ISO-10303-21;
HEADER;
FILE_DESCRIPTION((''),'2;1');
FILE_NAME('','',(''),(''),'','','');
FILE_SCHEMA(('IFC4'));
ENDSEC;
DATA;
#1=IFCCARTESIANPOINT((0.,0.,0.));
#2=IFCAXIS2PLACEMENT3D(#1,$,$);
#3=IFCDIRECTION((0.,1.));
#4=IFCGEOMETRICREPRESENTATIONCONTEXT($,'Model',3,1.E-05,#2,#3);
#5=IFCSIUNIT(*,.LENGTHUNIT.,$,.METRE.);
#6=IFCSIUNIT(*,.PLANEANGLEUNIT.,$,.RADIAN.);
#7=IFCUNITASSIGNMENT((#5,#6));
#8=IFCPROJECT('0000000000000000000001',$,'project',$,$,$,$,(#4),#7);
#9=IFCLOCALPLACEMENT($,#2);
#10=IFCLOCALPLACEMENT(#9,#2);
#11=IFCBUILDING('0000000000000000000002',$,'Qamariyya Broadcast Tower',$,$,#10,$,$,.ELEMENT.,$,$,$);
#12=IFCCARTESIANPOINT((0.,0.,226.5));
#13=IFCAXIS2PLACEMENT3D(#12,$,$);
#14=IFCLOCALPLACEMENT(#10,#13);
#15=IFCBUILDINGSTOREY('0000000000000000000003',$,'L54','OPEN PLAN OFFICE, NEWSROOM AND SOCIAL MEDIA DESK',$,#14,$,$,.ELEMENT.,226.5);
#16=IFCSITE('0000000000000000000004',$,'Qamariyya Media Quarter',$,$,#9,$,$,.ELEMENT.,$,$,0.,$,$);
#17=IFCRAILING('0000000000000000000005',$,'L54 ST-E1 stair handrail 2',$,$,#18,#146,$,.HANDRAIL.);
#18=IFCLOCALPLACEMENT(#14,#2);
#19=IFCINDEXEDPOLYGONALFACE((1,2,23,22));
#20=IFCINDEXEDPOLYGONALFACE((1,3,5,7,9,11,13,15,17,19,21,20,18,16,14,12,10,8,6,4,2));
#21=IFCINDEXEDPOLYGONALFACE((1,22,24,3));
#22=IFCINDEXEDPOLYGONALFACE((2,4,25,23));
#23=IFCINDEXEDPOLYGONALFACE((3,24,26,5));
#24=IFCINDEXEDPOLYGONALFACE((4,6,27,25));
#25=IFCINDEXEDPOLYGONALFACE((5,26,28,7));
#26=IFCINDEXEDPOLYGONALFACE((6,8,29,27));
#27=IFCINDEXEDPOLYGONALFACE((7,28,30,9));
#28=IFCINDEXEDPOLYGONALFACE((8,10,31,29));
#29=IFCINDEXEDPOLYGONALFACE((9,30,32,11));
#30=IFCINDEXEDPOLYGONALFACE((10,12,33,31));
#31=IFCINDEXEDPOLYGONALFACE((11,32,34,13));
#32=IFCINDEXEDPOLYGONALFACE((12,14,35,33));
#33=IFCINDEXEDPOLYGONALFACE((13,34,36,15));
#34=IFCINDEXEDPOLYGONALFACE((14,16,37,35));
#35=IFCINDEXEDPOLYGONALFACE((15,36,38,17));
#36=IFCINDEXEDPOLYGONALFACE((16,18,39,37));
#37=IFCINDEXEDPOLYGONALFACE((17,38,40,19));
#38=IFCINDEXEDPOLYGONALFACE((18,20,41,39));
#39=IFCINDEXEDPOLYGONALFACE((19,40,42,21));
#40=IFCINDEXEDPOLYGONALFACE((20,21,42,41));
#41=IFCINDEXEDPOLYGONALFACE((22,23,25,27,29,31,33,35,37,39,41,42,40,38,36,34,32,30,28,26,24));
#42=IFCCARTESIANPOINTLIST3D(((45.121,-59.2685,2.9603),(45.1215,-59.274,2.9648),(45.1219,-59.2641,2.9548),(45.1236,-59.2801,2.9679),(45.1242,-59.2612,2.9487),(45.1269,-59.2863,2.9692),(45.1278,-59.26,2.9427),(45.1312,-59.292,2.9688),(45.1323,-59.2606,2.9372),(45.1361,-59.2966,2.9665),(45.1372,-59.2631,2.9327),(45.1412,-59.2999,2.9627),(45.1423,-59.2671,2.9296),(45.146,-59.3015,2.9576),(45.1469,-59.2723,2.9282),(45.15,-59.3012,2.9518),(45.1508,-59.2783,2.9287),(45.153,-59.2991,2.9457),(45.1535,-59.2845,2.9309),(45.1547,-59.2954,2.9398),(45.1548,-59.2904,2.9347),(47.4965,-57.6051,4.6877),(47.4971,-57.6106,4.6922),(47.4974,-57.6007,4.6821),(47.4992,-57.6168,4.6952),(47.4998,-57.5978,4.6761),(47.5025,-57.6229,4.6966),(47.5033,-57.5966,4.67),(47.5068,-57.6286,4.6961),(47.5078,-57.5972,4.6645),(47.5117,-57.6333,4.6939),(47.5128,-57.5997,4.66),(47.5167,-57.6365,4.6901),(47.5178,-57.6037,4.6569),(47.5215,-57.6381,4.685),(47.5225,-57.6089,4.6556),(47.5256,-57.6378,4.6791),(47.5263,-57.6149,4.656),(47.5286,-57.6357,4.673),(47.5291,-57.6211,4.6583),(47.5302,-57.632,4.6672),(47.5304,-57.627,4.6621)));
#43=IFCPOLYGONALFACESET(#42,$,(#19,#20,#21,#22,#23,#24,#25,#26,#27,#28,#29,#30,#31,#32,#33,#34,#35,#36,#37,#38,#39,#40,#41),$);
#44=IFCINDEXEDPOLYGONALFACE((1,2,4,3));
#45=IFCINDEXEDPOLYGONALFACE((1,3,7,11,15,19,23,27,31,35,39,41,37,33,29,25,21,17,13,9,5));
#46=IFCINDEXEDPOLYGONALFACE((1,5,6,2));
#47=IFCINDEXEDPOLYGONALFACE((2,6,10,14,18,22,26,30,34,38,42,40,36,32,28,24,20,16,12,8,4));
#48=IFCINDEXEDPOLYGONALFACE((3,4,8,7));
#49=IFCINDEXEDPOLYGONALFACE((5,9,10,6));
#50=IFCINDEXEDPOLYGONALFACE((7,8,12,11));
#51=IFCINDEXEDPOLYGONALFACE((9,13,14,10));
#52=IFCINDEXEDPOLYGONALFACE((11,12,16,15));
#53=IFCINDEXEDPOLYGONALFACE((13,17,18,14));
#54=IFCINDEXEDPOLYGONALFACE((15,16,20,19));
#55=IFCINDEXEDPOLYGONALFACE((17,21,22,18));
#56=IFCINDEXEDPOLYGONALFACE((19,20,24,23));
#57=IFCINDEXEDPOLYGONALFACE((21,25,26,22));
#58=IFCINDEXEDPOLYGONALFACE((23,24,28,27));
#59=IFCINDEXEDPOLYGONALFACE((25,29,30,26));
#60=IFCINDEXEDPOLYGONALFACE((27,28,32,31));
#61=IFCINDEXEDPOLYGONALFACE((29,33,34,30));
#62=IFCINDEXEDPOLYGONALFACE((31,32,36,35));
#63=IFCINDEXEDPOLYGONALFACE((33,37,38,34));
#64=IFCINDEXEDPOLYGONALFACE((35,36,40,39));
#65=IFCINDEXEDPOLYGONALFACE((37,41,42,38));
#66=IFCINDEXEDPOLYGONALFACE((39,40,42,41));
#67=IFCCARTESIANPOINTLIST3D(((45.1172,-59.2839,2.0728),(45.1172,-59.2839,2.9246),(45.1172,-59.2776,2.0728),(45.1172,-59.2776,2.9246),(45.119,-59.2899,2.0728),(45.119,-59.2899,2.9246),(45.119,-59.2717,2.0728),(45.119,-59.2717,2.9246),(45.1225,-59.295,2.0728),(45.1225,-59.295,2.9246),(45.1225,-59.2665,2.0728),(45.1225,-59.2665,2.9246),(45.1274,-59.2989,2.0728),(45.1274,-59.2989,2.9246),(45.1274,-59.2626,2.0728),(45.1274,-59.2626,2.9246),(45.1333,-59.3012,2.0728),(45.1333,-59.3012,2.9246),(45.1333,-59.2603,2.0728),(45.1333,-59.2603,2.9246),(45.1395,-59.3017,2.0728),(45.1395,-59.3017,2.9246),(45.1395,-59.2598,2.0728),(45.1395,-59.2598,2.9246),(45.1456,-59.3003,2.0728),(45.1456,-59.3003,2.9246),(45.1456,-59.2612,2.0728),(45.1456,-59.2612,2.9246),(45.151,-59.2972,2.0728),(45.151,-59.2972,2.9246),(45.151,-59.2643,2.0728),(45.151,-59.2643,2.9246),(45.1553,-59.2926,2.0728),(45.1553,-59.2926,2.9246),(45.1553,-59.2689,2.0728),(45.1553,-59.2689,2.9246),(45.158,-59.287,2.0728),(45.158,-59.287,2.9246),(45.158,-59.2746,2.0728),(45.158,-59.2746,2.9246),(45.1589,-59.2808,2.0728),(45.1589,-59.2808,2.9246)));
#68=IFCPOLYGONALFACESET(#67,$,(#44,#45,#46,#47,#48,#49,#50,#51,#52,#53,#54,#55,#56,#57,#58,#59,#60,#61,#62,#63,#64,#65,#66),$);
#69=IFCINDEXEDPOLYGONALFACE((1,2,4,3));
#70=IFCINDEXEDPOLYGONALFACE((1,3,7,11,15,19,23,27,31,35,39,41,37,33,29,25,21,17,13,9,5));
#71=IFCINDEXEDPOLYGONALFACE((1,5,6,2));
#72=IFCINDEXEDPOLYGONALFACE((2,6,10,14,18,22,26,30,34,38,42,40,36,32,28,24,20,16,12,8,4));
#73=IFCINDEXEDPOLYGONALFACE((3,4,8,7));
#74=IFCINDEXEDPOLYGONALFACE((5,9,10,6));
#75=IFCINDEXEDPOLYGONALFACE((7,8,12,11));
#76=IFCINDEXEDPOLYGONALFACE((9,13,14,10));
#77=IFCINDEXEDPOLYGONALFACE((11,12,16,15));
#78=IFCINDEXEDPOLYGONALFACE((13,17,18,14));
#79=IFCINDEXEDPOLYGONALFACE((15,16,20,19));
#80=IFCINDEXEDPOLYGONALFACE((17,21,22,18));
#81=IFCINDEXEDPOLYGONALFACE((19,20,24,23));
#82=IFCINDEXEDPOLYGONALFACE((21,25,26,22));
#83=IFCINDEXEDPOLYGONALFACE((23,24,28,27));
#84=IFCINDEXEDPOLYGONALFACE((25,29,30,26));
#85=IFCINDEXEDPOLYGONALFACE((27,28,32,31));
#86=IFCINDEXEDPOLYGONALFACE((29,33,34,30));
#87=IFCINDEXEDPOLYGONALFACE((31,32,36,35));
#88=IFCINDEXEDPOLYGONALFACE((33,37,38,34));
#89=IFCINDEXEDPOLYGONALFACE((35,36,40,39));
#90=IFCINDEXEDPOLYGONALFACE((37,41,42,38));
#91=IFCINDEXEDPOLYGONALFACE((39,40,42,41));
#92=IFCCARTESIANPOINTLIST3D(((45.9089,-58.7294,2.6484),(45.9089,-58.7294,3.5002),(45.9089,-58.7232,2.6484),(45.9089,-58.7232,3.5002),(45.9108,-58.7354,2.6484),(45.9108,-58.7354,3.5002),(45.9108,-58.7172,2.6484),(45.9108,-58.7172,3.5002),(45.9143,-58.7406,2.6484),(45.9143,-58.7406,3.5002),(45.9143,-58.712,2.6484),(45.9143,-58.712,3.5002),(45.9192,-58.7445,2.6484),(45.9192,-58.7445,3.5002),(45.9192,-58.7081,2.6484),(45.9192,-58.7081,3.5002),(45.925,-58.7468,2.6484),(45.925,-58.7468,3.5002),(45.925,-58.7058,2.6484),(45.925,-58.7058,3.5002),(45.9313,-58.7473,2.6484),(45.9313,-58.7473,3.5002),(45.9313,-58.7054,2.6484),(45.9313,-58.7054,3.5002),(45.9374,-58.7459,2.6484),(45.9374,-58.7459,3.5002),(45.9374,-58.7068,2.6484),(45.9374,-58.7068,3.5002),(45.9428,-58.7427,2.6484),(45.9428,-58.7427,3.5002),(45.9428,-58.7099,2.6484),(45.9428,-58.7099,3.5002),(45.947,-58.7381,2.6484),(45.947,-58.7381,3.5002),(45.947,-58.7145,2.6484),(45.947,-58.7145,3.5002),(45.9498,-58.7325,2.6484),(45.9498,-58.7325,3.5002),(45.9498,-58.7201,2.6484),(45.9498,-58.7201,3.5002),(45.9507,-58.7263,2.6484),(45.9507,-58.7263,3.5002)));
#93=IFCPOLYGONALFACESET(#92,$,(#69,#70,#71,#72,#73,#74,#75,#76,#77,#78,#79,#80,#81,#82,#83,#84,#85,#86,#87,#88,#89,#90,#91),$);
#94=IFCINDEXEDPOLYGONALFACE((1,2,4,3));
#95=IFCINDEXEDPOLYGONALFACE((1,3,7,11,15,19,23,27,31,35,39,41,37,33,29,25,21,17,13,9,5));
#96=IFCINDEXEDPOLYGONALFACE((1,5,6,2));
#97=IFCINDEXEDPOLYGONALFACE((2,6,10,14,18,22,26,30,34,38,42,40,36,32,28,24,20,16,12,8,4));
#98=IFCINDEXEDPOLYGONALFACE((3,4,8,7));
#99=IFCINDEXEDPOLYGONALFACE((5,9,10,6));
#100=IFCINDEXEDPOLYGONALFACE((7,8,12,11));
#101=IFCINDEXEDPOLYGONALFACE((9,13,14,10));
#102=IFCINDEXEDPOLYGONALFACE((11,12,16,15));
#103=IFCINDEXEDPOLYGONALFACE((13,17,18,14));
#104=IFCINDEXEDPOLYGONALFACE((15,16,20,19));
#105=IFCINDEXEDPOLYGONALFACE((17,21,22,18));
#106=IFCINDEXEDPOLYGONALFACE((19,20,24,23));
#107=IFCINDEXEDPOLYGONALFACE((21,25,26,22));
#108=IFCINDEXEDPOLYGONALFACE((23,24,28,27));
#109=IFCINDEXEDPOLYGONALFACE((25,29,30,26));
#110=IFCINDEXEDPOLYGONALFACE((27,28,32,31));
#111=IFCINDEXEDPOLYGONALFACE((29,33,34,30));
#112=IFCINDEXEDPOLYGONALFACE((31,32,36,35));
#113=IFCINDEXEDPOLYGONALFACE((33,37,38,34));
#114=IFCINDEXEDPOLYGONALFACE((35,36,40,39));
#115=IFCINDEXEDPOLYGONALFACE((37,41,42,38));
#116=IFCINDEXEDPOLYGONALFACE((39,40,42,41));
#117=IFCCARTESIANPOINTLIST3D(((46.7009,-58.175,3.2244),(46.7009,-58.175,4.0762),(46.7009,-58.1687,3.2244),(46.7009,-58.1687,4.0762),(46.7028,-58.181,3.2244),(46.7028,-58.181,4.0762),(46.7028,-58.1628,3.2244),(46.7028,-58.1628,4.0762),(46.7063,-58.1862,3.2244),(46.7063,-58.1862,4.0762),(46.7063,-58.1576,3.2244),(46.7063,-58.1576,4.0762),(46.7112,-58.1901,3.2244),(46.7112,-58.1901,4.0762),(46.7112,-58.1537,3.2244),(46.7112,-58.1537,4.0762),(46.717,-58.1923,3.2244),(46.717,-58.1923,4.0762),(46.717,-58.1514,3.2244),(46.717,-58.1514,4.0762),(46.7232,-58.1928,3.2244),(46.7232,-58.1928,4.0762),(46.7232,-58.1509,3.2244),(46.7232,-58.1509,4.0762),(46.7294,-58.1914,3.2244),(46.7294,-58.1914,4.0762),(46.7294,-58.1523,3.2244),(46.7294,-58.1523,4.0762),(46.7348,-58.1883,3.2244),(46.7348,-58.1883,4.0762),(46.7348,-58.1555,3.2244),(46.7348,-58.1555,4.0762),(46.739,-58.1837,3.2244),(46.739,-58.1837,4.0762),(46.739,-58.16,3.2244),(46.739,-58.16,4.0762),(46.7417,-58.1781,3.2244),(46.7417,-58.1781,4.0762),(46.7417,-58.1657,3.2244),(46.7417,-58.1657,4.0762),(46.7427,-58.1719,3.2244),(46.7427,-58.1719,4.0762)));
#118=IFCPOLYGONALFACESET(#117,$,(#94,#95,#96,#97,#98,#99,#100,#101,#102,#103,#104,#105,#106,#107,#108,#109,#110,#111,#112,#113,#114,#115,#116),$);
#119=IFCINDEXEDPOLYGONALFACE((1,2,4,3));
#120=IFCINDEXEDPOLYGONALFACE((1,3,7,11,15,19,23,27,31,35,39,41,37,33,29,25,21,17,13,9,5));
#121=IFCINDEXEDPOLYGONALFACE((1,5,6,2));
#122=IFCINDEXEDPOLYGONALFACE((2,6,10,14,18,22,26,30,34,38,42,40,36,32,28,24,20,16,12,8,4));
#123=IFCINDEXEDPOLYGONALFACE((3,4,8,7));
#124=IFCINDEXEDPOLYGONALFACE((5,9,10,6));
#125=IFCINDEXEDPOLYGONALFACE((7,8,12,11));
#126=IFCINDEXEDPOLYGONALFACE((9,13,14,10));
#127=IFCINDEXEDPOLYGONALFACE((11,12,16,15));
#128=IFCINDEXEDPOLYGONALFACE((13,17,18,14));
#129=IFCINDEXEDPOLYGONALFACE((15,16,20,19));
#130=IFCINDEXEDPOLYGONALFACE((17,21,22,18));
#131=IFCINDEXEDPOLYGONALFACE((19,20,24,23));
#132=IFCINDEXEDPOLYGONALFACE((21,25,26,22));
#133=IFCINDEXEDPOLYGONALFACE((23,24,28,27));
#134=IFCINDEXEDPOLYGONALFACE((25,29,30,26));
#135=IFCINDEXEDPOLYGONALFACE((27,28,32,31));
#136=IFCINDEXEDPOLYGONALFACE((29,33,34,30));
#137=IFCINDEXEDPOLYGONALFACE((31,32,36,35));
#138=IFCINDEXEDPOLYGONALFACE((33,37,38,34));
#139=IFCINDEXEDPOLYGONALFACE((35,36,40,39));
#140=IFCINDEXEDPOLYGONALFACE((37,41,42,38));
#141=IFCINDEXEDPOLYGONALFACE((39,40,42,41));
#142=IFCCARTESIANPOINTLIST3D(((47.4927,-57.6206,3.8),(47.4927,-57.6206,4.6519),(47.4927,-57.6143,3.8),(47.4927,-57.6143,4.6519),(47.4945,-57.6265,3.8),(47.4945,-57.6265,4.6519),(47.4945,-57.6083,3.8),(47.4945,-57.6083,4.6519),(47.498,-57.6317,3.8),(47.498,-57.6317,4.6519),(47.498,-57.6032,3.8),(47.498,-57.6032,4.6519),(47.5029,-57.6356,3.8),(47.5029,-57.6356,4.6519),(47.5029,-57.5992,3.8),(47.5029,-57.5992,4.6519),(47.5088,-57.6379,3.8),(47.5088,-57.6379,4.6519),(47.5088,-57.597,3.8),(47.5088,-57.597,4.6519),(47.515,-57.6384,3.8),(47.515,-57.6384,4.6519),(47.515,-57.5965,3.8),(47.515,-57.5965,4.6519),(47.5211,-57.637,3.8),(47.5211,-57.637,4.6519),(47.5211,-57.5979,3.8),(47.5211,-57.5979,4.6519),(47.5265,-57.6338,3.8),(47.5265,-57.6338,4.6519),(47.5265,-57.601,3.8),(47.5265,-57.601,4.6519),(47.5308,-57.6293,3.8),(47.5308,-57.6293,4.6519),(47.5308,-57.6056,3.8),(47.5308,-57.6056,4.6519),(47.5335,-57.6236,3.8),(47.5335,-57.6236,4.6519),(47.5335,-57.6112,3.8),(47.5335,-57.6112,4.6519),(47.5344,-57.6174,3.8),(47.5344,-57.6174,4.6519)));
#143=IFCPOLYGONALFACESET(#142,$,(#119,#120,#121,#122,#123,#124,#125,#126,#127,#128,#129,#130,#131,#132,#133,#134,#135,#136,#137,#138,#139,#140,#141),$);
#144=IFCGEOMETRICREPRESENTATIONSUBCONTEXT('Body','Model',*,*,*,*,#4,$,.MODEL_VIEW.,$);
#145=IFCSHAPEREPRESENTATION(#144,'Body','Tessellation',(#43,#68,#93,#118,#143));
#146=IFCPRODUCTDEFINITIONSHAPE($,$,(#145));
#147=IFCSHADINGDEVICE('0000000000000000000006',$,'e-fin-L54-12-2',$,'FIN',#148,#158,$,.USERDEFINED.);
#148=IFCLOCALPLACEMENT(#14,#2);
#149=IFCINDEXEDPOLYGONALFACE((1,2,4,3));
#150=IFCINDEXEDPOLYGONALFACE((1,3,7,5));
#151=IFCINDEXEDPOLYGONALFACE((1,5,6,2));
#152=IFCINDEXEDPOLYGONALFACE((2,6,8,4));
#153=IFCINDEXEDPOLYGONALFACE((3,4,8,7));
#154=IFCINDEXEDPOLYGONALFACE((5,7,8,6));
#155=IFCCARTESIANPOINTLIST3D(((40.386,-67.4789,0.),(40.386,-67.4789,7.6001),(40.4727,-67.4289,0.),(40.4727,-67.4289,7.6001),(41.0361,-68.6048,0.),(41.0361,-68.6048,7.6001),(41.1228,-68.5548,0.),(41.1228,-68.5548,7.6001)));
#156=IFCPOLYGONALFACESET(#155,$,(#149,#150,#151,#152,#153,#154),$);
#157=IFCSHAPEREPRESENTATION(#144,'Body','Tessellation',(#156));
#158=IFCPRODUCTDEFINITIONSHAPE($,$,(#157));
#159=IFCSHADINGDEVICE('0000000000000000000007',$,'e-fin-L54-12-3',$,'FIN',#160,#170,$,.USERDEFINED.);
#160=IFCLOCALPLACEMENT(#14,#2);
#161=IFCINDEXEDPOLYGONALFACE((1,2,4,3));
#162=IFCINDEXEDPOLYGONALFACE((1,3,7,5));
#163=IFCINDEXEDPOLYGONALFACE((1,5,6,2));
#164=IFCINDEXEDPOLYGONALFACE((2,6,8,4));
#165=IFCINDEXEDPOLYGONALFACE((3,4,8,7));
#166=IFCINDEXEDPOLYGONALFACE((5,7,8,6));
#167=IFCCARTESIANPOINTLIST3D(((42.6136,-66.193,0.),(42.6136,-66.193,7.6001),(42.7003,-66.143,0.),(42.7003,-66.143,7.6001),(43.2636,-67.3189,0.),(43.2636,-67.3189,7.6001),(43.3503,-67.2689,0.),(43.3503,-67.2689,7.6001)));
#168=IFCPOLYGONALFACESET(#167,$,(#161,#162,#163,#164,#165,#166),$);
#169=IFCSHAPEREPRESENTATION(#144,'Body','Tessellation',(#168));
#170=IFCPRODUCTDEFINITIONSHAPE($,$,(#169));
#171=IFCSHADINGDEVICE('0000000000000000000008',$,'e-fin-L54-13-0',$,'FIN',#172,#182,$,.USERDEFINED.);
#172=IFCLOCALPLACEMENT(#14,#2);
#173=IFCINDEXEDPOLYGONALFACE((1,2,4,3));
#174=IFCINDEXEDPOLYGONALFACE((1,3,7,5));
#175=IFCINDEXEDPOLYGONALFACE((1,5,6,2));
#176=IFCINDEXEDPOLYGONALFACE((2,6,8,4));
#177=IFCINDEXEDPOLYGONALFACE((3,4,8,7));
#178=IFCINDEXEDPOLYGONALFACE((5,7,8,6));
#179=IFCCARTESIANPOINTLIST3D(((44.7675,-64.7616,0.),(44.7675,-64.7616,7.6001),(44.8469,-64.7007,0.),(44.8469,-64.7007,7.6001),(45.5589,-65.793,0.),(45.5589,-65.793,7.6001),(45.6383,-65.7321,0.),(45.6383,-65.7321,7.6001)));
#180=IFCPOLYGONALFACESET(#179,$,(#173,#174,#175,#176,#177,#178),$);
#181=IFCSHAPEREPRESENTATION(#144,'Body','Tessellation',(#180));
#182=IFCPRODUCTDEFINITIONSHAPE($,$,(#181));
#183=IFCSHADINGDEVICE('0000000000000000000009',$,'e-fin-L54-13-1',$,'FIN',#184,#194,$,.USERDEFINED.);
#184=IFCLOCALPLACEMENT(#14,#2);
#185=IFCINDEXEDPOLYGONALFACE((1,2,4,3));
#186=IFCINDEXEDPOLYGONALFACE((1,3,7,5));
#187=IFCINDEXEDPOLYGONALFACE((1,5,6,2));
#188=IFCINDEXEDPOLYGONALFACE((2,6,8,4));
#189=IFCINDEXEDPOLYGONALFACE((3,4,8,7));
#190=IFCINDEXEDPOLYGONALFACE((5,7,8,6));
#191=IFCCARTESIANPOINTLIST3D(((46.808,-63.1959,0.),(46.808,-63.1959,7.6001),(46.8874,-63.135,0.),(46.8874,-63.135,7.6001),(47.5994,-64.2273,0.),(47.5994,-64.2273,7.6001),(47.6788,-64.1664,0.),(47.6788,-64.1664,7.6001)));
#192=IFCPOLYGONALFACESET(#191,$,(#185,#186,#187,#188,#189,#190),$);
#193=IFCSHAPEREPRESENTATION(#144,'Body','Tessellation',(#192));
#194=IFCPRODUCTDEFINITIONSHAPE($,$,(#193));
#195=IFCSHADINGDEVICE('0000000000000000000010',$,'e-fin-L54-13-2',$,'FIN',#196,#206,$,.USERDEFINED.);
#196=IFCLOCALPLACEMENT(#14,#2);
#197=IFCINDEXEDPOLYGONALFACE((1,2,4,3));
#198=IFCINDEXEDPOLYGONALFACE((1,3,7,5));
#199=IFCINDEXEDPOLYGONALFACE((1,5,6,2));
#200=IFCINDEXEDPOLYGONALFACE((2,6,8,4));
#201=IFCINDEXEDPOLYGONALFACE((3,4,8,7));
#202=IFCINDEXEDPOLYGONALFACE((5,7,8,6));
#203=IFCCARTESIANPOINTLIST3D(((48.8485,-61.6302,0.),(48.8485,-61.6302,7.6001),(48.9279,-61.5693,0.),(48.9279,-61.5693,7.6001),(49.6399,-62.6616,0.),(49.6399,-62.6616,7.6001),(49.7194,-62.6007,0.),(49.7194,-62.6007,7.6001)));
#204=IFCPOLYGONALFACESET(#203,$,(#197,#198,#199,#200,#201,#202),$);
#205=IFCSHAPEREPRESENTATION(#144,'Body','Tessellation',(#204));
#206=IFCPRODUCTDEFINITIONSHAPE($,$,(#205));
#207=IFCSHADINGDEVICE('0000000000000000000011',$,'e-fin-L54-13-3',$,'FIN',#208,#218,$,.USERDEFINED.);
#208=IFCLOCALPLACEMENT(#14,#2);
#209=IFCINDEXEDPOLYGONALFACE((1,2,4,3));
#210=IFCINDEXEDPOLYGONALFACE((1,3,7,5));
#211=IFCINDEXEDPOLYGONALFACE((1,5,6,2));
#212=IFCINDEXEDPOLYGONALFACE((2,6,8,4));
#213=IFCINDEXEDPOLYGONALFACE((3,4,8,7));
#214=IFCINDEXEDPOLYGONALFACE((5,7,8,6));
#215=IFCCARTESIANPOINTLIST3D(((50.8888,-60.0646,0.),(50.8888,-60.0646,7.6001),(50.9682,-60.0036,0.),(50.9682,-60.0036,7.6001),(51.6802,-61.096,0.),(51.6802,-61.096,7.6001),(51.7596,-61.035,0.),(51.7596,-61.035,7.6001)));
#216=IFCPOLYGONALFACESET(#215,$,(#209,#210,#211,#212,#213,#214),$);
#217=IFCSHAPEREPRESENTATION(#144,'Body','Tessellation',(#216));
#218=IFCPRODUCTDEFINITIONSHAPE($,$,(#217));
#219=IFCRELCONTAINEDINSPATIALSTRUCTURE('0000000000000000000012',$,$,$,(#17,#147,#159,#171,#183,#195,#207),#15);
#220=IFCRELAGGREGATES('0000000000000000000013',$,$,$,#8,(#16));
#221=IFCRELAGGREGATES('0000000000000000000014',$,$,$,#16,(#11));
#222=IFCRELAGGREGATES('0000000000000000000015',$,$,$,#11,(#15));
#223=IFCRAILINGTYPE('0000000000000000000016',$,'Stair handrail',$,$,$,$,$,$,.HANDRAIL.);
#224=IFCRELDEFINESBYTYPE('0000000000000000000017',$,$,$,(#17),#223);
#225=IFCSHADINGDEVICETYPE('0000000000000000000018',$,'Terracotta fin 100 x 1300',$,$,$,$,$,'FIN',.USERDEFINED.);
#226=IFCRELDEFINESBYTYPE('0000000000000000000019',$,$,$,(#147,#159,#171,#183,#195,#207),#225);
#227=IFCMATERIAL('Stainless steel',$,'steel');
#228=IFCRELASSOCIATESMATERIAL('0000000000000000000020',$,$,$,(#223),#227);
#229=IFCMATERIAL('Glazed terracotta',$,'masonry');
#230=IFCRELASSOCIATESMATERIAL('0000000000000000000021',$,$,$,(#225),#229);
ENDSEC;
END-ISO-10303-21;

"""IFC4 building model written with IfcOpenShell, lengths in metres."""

from ifc_helpers import new_model, si_unit, direction, frame, origin, origin_2d, place, context, subcontext, project, spatial, rectangle, circle, extrude, material, material_profile, profile_set, type_object, element, save


model = new_model("IFC4")

# Units and contexts
model_context = context("Model", 3, precision=1e-05, world=origin(), true_north=direction((0.0, 1.0)))
body_context = subcontext(model_context, "Body", "Model", "MODEL_VIEW")
ifc_project = project(units=[si_unit("LENGTHUNIT", "METRE"), si_unit("PLANEANGLEUNIT", "RADIAN")], contexts=[model_context])

# Site, building, storey
site_placement = place(None, origin())
site = spatial("IfcSite", under=ifc_project, at=site_placement, Name="Qamariyya Media Quarter", CompositionType="ELEMENT", RefElevation=0.0)
building_placement = place(site_placement, origin())
building = spatial("IfcBuilding", under=site, at=building_placement, Name="Qamariyya Broadcast Tower", CompositionType="ELEMENT")
storey_placement = place(building_placement, frame((0.0, 0.0, 226.5)))
storey = spatial("IfcBuildingStorey", under=building, at=storey_placement, Name="L54", Description="OPEN PLAN OFFICE, NEWSROOM AND SOCIAL MEDIA DESK", CompositionType="ELEMENT", Elevation=226.5)

# Railing
ifc_material_1 = material(Name="Stainless steel", Category="steel")
railing_type_1 = type_object("IfcRailingType", Name="Stair handrail", PredefinedType="HANDRAIL", material=ifc_material_1)
railing_1_placement = place(storey_placement, frame((45.1379, -59.2808, 2.0728)))
element("IfcRailing", 1, at=railing_1_placement, inside=storey, type_object=railing_type_1, Name="L54 ST-E1 stair handrail 2", PredefinedType="HANDRAIL", context=body_context, shape_type="SweptSolid", body=[
    extrude(circle(Radius=0.0239, at=origin_2d()), frame((0.0, 0.0, 0.876), z_axis=(0.70377, 0.492784, 0.511734), x_axis=(-0.573575, 0.819153, 0.0)), (0.0, 0.0, 1.0), 3.3755),
    extrude(circle(Radius=0.021, at=origin_2d()), origin(), (0.0, 0.0, 1.0), 0.8518),
    extrude(circle(Radius=0.021, at=origin_2d()), frame((0.7917, 0.5544, 0.5757)), (0.0, 0.0, 1.0), 0.8518),
    extrude(circle(Radius=0.021, at=origin_2d()), frame((1.5837, 1.1089, 1.1516)), (0.0, 0.0, 1.0), 0.8518),
    extrude(circle(Radius=0.021, at=origin_2d()), frame((2.3755, 1.6633, 1.7273)), (0.0, 0.0, 1.0), 0.8518),
])

# Shading devices
ifc_material_2 = material(Name="Glazed terracotta", Category="masonry")
ifc_material_profile_1 = material_profile(ifc_material_2, rectangle(XDim=1.3, YDim=0.1001, at=origin_2d()))
ifc_profile_set_1 = profile_set([ifc_material_profile_1], Name="Glazed terracotta")
shading_device_type_1 = type_object("IfcShadingDeviceType", Name="Terracotta fin 100 x 1300", ElementType="FIN", PredefinedType="USERDEFINED", material=ifc_profile_set_1)
for number, where, z_axis, x_axis, name in (
    (2, (40.7544, -68.0168, 0.0), (0.0, 0.0, 1.0), (0.5, -0.866025, 0.0), "e-fin-L54-12-2"),
    (3, (42.9819, -66.731, 0.0), (0.0, 0.0, 1.0), (0.5, -0.866025, 0.0), "e-fin-L54-12-3"),
    (4, (45.2029, -65.2468, 0.0), (0.0, 0.0, 1.0), (0.608761, -0.793353, 0.0), "e-fin-L54-13-0"),
    (5, (47.2434, -63.6812, 0.0), (0.0, 0.0, 1.0), (0.608761, -0.793353, 0.0), "e-fin-L54-13-1"),
    (6, (49.2839, -62.1155, 0.0), (0.0, 0.0, 1.0), (0.608761, -0.793353, 0.0), "e-fin-L54-13-2"),
    (7, (51.3242, -60.5498, 0.0), (0.0, 0.0, 1.0), (0.608761, -0.793353, 0.0), "e-fin-L54-13-3"),
):
    element("IfcShadingDevice", number, at=place(storey_placement, frame(where, z_axis=z_axis, x_axis=x_axis)), inside=storey, type_object=shading_device_type_1, Name=name, ObjectType="FIN", PredefinedType="USERDEFINED", context=body_context, shape_type="SweptSolid", body=[
        extrude(rectangle(XDim=1.3, YDim=0.1001, at=origin_2d()), origin(), (0.0, 0.0, 1.0), 7.6001),
    ])

save(model, "model.ifc")
